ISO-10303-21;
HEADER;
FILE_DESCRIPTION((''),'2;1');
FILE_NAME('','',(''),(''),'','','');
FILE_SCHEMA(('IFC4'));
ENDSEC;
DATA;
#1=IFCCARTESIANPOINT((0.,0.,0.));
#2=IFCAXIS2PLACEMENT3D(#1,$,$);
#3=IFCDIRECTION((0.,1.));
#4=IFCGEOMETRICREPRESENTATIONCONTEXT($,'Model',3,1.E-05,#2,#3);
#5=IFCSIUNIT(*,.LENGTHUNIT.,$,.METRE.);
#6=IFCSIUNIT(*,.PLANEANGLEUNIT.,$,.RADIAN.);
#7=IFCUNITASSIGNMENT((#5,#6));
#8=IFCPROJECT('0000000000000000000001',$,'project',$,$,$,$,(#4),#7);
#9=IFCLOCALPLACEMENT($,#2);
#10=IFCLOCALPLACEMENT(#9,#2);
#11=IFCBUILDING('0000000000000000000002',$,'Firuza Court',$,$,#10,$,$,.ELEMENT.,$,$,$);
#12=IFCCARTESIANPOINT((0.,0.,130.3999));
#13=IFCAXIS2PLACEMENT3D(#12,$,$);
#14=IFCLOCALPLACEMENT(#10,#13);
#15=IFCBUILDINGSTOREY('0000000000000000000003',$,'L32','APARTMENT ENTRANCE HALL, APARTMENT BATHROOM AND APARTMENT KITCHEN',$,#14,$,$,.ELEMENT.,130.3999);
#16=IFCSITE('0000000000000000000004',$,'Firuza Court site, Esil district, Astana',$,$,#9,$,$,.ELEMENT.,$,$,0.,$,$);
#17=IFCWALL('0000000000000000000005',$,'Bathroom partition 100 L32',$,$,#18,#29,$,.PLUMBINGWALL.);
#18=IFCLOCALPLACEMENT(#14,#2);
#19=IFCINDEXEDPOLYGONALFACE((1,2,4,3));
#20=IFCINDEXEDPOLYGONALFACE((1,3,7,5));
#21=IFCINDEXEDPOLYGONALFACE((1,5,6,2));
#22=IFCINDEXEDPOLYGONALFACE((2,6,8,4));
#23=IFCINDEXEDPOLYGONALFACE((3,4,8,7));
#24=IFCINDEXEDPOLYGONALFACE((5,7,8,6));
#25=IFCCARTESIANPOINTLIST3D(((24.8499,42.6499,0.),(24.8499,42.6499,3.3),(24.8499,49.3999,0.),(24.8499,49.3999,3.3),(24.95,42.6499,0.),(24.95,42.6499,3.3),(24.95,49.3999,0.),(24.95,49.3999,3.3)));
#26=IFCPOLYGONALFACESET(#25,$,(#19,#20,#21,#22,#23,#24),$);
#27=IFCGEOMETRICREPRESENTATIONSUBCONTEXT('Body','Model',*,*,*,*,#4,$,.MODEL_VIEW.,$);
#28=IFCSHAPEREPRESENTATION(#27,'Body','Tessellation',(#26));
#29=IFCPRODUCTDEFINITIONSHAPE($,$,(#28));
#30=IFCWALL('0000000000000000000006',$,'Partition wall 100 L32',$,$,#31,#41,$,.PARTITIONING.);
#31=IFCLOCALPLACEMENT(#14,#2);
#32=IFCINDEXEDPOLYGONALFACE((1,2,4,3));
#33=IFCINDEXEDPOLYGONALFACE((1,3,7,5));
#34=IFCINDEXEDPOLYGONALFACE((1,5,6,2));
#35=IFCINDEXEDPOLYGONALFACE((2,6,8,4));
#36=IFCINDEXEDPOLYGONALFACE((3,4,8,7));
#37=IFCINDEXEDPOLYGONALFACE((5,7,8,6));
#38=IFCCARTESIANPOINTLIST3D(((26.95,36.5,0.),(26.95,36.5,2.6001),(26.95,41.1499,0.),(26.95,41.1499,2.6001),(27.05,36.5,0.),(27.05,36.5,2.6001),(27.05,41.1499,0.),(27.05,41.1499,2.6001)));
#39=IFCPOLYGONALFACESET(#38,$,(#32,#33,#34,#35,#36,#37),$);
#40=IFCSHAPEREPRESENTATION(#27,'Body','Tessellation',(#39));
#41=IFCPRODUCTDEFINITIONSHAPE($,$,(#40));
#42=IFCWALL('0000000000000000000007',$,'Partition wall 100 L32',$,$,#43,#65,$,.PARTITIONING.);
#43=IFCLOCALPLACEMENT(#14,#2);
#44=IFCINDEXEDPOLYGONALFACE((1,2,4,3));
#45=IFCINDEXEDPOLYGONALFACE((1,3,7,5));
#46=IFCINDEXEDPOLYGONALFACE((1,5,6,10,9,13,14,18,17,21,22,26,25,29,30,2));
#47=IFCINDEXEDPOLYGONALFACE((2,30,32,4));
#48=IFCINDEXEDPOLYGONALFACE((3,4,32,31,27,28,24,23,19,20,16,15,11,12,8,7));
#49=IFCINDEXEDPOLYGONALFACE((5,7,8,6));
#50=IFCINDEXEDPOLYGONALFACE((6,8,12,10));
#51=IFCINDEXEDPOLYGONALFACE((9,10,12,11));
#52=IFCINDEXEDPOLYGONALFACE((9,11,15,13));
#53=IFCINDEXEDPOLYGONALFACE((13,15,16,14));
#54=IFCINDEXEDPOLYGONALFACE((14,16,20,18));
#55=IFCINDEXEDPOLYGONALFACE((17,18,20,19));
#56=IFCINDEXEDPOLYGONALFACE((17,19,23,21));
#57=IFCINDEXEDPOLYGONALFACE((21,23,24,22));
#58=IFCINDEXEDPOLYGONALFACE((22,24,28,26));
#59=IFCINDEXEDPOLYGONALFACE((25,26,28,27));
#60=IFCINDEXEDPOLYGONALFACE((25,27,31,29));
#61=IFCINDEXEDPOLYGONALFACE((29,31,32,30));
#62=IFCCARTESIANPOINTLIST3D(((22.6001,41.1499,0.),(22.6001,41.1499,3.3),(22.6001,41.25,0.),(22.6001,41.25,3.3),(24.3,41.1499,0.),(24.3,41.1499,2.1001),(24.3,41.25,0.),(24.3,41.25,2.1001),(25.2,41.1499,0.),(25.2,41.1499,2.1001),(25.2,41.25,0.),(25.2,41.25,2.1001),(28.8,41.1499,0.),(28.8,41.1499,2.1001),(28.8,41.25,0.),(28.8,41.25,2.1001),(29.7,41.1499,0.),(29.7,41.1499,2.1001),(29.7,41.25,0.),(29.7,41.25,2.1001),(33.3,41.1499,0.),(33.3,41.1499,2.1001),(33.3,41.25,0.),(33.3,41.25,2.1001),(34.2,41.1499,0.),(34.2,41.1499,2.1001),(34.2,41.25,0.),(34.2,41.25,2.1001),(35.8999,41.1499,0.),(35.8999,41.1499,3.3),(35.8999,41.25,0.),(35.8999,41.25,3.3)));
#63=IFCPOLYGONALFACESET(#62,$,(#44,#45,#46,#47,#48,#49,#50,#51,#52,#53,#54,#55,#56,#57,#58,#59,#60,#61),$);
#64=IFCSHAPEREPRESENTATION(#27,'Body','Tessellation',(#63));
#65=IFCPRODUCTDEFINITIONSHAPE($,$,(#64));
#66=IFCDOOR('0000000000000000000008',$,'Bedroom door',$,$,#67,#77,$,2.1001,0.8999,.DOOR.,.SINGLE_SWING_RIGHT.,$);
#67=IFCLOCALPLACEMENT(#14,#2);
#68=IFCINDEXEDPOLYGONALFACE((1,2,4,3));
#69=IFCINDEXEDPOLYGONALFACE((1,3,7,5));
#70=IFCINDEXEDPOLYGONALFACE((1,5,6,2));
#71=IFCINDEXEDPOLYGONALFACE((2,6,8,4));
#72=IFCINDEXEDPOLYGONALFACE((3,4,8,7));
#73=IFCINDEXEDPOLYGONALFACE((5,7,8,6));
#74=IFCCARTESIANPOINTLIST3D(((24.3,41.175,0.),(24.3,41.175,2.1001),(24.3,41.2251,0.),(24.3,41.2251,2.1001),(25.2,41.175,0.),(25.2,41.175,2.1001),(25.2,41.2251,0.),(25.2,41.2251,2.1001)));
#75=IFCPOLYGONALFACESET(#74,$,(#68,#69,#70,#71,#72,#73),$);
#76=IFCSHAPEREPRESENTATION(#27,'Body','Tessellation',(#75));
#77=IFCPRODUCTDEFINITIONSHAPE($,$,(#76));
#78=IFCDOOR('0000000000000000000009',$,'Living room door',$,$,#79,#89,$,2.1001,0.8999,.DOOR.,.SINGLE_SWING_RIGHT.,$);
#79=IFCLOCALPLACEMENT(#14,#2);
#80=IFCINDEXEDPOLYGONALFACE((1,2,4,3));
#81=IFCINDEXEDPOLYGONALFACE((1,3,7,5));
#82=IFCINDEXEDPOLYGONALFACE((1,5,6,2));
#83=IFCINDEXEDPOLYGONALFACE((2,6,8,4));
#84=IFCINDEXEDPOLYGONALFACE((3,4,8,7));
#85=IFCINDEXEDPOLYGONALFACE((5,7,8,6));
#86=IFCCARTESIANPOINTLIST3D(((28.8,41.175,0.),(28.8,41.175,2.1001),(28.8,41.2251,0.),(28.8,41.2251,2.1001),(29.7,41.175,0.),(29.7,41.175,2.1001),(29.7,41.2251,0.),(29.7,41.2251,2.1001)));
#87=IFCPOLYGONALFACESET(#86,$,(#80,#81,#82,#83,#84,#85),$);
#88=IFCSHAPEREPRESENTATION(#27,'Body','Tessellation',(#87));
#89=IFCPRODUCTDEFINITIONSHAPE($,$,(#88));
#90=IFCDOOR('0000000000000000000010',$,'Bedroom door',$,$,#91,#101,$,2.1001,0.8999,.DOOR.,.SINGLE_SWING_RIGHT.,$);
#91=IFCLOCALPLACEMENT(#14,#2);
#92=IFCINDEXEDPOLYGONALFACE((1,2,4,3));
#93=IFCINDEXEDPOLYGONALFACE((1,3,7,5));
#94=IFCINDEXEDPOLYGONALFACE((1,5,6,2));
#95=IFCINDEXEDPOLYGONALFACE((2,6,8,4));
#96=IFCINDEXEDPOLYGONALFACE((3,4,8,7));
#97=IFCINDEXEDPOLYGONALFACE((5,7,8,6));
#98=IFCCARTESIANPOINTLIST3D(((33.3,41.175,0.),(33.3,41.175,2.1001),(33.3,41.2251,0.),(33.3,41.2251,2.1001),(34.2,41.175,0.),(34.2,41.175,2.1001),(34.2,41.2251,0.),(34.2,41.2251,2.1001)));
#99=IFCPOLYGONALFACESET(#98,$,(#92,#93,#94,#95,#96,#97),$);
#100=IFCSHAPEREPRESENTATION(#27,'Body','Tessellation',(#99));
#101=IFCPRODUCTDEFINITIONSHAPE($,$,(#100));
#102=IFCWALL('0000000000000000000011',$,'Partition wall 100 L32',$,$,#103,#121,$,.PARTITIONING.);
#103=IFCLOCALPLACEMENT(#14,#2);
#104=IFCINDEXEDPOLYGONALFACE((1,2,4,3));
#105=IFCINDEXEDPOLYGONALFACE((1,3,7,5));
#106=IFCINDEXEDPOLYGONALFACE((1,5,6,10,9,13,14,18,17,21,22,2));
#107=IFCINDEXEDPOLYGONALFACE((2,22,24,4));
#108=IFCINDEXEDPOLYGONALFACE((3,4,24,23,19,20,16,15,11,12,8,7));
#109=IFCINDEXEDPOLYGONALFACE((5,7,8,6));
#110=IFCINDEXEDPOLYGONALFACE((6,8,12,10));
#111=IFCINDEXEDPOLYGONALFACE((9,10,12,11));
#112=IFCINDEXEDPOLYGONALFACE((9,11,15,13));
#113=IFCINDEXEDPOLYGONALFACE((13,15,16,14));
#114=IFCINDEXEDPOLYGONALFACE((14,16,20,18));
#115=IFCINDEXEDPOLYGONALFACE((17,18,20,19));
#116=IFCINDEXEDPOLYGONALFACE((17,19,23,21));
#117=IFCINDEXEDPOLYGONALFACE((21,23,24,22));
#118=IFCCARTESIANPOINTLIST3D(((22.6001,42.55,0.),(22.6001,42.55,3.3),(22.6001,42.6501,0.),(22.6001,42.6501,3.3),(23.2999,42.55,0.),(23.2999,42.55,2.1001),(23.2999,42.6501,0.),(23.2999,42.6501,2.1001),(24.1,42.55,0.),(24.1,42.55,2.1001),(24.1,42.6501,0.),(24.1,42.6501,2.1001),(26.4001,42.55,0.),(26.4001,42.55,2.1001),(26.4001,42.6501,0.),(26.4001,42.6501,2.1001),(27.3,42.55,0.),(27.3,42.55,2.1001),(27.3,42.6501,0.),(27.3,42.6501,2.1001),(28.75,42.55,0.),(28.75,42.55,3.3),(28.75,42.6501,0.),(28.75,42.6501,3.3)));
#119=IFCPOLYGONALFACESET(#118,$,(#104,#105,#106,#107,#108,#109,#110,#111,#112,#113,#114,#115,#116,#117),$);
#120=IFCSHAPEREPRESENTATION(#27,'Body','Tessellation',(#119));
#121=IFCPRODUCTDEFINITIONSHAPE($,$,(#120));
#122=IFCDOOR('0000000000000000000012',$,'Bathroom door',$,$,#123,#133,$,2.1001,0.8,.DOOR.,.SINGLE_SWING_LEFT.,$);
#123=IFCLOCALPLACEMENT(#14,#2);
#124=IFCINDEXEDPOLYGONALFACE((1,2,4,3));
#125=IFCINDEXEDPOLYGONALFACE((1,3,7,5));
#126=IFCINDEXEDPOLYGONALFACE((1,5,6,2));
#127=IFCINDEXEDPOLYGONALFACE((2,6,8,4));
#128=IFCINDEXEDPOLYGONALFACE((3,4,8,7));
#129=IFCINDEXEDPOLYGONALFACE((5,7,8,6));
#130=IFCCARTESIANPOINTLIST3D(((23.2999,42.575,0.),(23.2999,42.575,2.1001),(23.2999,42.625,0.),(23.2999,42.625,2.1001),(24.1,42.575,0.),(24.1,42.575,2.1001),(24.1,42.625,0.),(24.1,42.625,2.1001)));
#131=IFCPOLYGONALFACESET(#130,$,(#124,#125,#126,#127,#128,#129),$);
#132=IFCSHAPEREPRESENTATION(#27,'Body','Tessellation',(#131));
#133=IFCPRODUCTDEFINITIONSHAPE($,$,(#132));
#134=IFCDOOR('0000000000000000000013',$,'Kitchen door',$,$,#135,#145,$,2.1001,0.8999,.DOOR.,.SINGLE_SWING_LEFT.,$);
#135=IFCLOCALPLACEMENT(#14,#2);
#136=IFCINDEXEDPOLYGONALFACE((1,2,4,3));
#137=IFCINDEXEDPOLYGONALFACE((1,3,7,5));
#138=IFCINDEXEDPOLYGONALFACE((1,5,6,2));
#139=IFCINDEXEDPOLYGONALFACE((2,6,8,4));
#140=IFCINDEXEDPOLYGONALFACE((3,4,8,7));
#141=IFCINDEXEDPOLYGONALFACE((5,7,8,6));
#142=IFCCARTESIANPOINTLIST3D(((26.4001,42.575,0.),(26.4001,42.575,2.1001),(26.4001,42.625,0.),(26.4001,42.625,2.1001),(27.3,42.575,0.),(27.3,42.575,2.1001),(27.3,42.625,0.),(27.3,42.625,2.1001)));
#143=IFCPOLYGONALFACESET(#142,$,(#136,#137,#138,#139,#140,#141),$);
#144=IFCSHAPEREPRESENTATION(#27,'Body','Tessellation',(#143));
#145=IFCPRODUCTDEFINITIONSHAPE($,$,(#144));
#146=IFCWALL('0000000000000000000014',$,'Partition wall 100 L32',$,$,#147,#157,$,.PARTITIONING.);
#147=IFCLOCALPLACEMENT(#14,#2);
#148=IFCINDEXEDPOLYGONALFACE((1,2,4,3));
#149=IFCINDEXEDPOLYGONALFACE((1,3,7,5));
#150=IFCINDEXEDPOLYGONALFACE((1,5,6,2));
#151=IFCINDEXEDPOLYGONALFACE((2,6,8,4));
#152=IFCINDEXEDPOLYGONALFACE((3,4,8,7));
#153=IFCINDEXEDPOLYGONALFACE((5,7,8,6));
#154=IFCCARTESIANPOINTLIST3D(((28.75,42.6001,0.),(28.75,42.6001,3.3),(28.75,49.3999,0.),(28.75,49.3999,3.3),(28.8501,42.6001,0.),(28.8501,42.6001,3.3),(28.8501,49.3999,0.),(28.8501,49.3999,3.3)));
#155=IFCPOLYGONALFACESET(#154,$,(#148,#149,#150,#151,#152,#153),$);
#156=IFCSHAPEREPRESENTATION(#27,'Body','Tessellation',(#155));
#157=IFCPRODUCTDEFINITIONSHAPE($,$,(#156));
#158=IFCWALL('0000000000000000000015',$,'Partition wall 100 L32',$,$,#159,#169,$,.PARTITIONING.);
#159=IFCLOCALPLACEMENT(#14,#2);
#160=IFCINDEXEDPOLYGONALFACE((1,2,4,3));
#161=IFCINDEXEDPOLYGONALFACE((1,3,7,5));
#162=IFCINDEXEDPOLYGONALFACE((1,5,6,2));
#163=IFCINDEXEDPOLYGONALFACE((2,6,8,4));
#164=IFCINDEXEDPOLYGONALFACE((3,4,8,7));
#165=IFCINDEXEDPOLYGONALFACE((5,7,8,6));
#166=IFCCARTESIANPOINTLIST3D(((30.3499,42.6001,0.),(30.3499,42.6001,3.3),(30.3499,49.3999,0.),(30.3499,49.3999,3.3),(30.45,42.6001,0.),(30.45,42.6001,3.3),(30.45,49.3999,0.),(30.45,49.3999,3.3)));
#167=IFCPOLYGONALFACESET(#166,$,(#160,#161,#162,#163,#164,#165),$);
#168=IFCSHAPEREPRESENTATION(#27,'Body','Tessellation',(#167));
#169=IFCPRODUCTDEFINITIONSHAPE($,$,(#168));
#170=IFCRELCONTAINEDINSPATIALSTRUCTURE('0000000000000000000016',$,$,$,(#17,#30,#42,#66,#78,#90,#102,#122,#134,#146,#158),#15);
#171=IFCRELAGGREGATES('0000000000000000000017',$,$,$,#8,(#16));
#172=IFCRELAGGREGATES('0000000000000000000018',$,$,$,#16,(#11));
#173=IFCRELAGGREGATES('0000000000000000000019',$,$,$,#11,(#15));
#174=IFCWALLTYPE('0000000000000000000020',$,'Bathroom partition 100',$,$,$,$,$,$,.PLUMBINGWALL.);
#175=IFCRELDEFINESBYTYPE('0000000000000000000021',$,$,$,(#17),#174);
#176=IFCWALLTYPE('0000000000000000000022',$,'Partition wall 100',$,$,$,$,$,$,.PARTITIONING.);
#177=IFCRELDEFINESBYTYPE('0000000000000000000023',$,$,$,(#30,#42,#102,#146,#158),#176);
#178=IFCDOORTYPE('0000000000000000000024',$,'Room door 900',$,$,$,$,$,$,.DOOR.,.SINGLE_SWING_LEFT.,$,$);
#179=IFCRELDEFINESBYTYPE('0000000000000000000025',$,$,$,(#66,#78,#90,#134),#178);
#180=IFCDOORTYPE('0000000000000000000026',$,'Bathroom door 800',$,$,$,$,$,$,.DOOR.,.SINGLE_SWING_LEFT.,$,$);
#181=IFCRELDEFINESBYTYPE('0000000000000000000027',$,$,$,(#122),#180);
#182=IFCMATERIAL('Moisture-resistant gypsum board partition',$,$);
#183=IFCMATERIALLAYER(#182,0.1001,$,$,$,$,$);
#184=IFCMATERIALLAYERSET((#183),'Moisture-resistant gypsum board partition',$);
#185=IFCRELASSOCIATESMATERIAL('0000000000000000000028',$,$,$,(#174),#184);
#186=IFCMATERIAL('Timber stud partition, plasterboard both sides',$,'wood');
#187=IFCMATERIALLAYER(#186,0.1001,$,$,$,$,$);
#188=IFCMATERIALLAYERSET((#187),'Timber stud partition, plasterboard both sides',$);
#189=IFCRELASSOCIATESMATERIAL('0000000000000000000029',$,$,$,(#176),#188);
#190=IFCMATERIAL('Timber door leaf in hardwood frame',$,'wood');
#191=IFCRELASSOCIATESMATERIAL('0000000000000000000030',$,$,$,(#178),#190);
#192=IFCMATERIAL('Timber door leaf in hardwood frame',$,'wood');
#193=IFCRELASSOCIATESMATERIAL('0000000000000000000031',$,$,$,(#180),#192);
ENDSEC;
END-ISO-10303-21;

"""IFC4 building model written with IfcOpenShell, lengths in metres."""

from ifc_helpers import new_model, si_unit, direction, frame, frame_2d, origin, place, context, subcontext, project, spatial, rectangle, extrude, material, layer, layer_set, type_object, element, fill, save


model = new_model("IFC4")

# Units and contexts
model_context = context("Model", 3, precision=1e-05, world=origin(), true_north=direction((0.0, 1.0)))
body_context = subcontext(model_context, "Body", "Model", "MODEL_VIEW")
ifc_project = project(units=[si_unit("LENGTHUNIT", "METRE"), si_unit("PLANEANGLEUNIT", "RADIAN")], contexts=[model_context])

# Site, building, storey
site_placement = place(None, origin())
site = spatial("IfcSite", under=ifc_project, at=site_placement, Name="Firuza Court site, Esil district, Astana", CompositionType="ELEMENT", RefElevation=0.0)
building_placement = place(site_placement, origin())
building = spatial("IfcBuilding", under=site, at=building_placement, Name="Firuza Court", CompositionType="ELEMENT")
storey_placement = place(building_placement, frame((0.0, 0.0, 130.3999)))
storey = spatial("IfcBuildingStorey", under=building, at=storey_placement, Name="L32", Description="APARTMENT ENTRANCE HALL, APARTMENT BATHROOM AND APARTMENT KITCHEN", CompositionType="ELEMENT", Elevation=130.3999)

# Walls
ifc_material_1 = material(Name="Moisture-resistant gypsum board partition")
ifc_layer_1 = layer(ifc_material_1, 0.1001)
ifc_layer_set_1 = layer_set([ifc_layer_1], Name="Moisture-resistant gypsum board partition")
wall_type_1 = type_object("IfcWallType", Name="Bathroom partition 100", PredefinedType="PLUMBINGWALL", material=ifc_layer_set_1)
wall_1_placement = place(storey_placement, frame((24.8999, 42.6499, 0.0), z_axis=(0.0, 0.0, 1.0), x_axis=(0.0, 1.0, 0.0)))
element("IfcWall", 1, at=wall_1_placement, inside=storey, type_object=wall_type_1, Name="Bathroom partition 100 L32", PredefinedType="PLUMBINGWALL", context=body_context, shape_type="SweptSolid", body=[
    extrude(rectangle(XDim=6.75, YDim=0.1001, at=frame_2d((3.375, 0.0))), origin(), (0.0, 0.0, 1.0), 3.3),
])
ifc_material_2 = material(Name="Timber stud partition, plasterboard both sides", Category="wood")
ifc_layer_2 = layer(ifc_material_2, 0.1001)
ifc_layer_set_2 = layer_set([ifc_layer_2], Name="Timber stud partition, plasterboard both sides")
wall_type_2 = type_object("IfcWallType", Name="Partition wall 100", PredefinedType="PARTITIONING", material=ifc_layer_set_2)
wall_2_placement = place(storey_placement, frame((27.0, 36.5, 0.0), z_axis=(0.0, 0.0, 1.0), x_axis=(0.0, 1.0, 0.0)))
element("IfcWall", 2, at=wall_2_placement, inside=storey, type_object=wall_type_2, Name="Partition wall 100 L32", PredefinedType="PARTITIONING", context=body_context, shape_type="SweptSolid", body=[
    extrude(rectangle(XDim=4.6499, YDim=0.1001, at=frame_2d((2.325, 0.0))), origin(), (0.0, 0.0, 1.0), 2.6001),
])

# Walls, openings, doors
wall_3_placement = place(storey_placement, frame((22.6001, 41.2, 0.0), z_axis=(0.0, 0.0, 1.0), x_axis=(1.0, 0.0, 0.0)))
wall_3 = element("IfcWall", 3, at=wall_3_placement, inside=storey, type_object=wall_type_2, Name="Partition wall 100 L32", PredefinedType="PARTITIONING", context=body_context, shape_type="SweptSolid", body=[
    extrude(rectangle(XDim=13.2998, YDim=0.1001, at=frame_2d((6.6499, 0.0))), origin(), (0.0, 0.0, 1.0), 3.3),
])
opening_1_placement = place(wall_3_placement, frame((1.7, 0.0, 0.0)))
opening_1 = element("IfcOpeningElement", 4, at=opening_1_placement, cuts=wall_3, PredefinedType="OPENING", context=body_context, shape_type="SweptSolid", body=[
    extrude(rectangle(XDim=0.8999, YDim=2.1001, at=frame_2d((0.45, 1.05))), frame((0.0, 0.062, 0.0), z_axis=(0.0, -1.0, 0.0), x_axis=(1.0, 0.0, 0.0)), (0.0, 0.0, 1.0), 0.124),
])
opening_2_placement = place(wall_3_placement, frame((6.2, 0.0, 0.0)))
opening_2 = element("IfcOpeningElement", 5, at=opening_2_placement, cuts=wall_3, PredefinedType="OPENING", context=body_context, shape_type="SweptSolid", body=[
    extrude(rectangle(XDim=0.8999, YDim=2.1001, at=frame_2d((0.45, 1.05))), frame((0.0, 0.062, 0.0), z_axis=(0.0, -1.0, 0.0), x_axis=(1.0, 0.0, 0.0)), (0.0, 0.0, 1.0), 0.124),
])
opening_3_placement = place(wall_3_placement, frame((10.7, 0.0, 0.0)))
opening_3 = element("IfcOpeningElement", 6, at=opening_3_placement, cuts=wall_3, PredefinedType="OPENING", context=body_context, shape_type="SweptSolid", body=[
    extrude(rectangle(XDim=0.8999, YDim=2.1001, at=frame_2d((0.45, 1.05))), frame((0.0, 0.062, 0.0), z_axis=(0.0, -1.0, 0.0), x_axis=(1.0, 0.0, 0.0)), (0.0, 0.0, 1.0), 0.124),
])
ifc_material_3 = material(Name="Timber door leaf in hardwood frame", Category="wood")
door_type_1 = type_object("IfcDoorType", Name="Room door 900", OperationType="SINGLE_SWING_LEFT", PredefinedType="DOOR", material=ifc_material_3)
door_1_placement = place(opening_1_placement, frame((0.8999, 0.0, 0.0), z_axis=(0.0, 0.0, 1.0), x_axis=(-1.0, 0.0, 0.0)))
door_1 = element("IfcDoor", 7, at=door_1_placement, inside=storey, type_object=door_type_1, Name="Bedroom door", OperationType="SINGLE_SWING_RIGHT", OverallHeight=2.1001, OverallWidth=0.8999, PredefinedType="DOOR", context=body_context, shape_type="SweptSolid", body=[
    extrude(rectangle(XDim=0.8999, YDim=2.1001, at=frame_2d((0.45, 1.05))), frame((0.0, 0.0249, 0.0), z_axis=(0.0, -1.0, 0.0), x_axis=(1.0, 0.0, 0.0)), (0.0, 0.0, 1.0), 0.05),
])
fill(opening_1, door_1)
door_2_placement = place(opening_2_placement, frame((0.8999, 0.0, 0.0), z_axis=(0.0, 0.0, 1.0), x_axis=(-1.0, 0.0, 0.0)))
door_2 = element("IfcDoor", 8, at=door_2_placement, inside=storey, type_object=door_type_1, Name="Living room door", OperationType="SINGLE_SWING_RIGHT", OverallHeight=2.1001, OverallWidth=0.8999, PredefinedType="DOOR", context=body_context, shape_type="SweptSolid", body=[
    extrude(rectangle(XDim=0.8999, YDim=2.1001, at=frame_2d((0.45, 1.05))), frame((0.0, 0.0249, 0.0), z_axis=(0.0, -1.0, 0.0), x_axis=(1.0, 0.0, 0.0)), (0.0, 0.0, 1.0), 0.05),
])
fill(opening_2, door_2)
door_3_placement = place(opening_3_placement, frame((0.8999, 0.0, 0.0), z_axis=(0.0, 0.0, 1.0), x_axis=(-1.0, 0.0, 0.0)))
door_3 = element("IfcDoor", 9, at=door_3_placement, inside=storey, type_object=door_type_1, Name="Bedroom door", OperationType="SINGLE_SWING_RIGHT", OverallHeight=2.1001, OverallWidth=0.8999, PredefinedType="DOOR", context=body_context, shape_type="SweptSolid", body=[
    extrude(rectangle(XDim=0.8999, YDim=2.1001, at=frame_2d((0.45, 1.05))), frame((0.0, 0.0249, 0.0), z_axis=(0.0, -1.0, 0.0), x_axis=(1.0, 0.0, 0.0)), (0.0, 0.0, 1.0), 0.05),
])
fill(opening_3, door_3)
wall_4_placement = place(storey_placement, frame((22.6001, 42.6001, 0.0), z_axis=(0.0, 0.0, 1.0), x_axis=(1.0, 0.0, 0.0)))
wall_4 = element("IfcWall", 10, at=wall_4_placement, inside=storey, type_object=wall_type_2, Name="Partition wall 100 L32", PredefinedType="PARTITIONING", context=body_context, shape_type="SweptSolid", body=[
    extrude(rectangle(XDim=6.1499, YDim=0.1001, at=frame_2d((3.075, 0.0))), origin(), (0.0, 0.0, 1.0), 3.3),
])
opening_4_placement = place(wall_4_placement, frame((0.7, 0.0, 0.0)))
opening_4 = element("IfcOpeningElement", 11, at=opening_4_placement, cuts=wall_4, PredefinedType="OPENING", context=body_context, shape_type="SweptSolid", body=[
    extrude(rectangle(XDim=0.8, YDim=2.1001, at=frame_2d((0.3999, 1.05))), frame((0.0, 0.062, 0.0), z_axis=(0.0, -1.0, 0.0), x_axis=(1.0, 0.0, 0.0)), (0.0, 0.0, 1.0), 0.124),
])
opening_5_placement = place(wall_4_placement, frame((3.8, 0.0, 0.0)))
opening_5 = element("IfcOpeningElement", 12, at=opening_5_placement, cuts=wall_4, PredefinedType="OPENING", context=body_context, shape_type="SweptSolid", body=[
    extrude(rectangle(XDim=0.8999, YDim=2.1001, at=frame_2d((0.45, 1.05))), frame((0.0, 0.062, 0.0), z_axis=(0.0, -1.0, 0.0), x_axis=(1.0, 0.0, 0.0)), (0.0, 0.0, 1.0), 0.124),
])
ifc_material_4 = material(Name="Timber door leaf in hardwood frame", Category="wood")
door_type_2 = type_object("IfcDoorType", Name="Bathroom door 800", OperationType="SINGLE_SWING_LEFT", PredefinedType="DOOR", material=ifc_material_4)
door_4_placement = place(opening_4_placement, origin())
door_4 = element("IfcDoor", 13, at=door_4_placement, inside=storey, type_object=door_type_2, Name="Bathroom door", OperationType="SINGLE_SWING_LEFT", OverallHeight=2.1001, OverallWidth=0.8, PredefinedType="DOOR", context=body_context, shape_type="SweptSolid", body=[
    extrude(rectangle(XDim=0.8, YDim=2.1001, at=frame_2d((0.3999, 1.05))), frame((0.0, 0.0249, 0.0), z_axis=(0.0, -1.0, 0.0), x_axis=(1.0, 0.0, 0.0)), (0.0, 0.0, 1.0), 0.05),
])
fill(opening_4, door_4)
door_5_placement = place(opening_5_placement, origin())
door_5 = element("IfcDoor", 14, at=door_5_placement, inside=storey, type_object=door_type_1, Name="Kitchen door", OperationType="SINGLE_SWING_LEFT", OverallHeight=2.1001, OverallWidth=0.8999, PredefinedType="DOOR", context=body_context, shape_type="SweptSolid", body=[
    extrude(rectangle(XDim=0.8999, YDim=2.1001, at=frame_2d((0.45, 1.05))), frame((0.0, 0.0249, 0.0), z_axis=(0.0, -1.0, 0.0), x_axis=(1.0, 0.0, 0.0)), (0.0, 0.0, 1.0), 0.05),
])
fill(opening_5, door_5)

# Walls
for number, where, z_axis, x_axis, name in (
    (15, (28.8, 42.6001, 0.0), (0.0, 0.0, 1.0), (0.0, 1.0, 0.0), "Partition wall 100 L32"),
    (16, (30.3999, 42.6001, 0.0), (0.0, 0.0, 1.0), (0.0, 1.0, 0.0), "Partition wall 100 L32"),
):
    element("IfcWall", number, at=place(storey_placement, frame(where, z_axis=z_axis, x_axis=x_axis)), inside=storey, type_object=wall_type_2, Name=name, PredefinedType="PARTITIONING", context=body_context, shape_type="SweptSolid", body=[
        extrude(rectangle(XDim=6.7998, YDim=0.1001, at=frame_2d((3.3999, 0.0))), origin(), (0.0, 0.0, 1.0), 3.3),
    ])

save(model, "model.ifc")
